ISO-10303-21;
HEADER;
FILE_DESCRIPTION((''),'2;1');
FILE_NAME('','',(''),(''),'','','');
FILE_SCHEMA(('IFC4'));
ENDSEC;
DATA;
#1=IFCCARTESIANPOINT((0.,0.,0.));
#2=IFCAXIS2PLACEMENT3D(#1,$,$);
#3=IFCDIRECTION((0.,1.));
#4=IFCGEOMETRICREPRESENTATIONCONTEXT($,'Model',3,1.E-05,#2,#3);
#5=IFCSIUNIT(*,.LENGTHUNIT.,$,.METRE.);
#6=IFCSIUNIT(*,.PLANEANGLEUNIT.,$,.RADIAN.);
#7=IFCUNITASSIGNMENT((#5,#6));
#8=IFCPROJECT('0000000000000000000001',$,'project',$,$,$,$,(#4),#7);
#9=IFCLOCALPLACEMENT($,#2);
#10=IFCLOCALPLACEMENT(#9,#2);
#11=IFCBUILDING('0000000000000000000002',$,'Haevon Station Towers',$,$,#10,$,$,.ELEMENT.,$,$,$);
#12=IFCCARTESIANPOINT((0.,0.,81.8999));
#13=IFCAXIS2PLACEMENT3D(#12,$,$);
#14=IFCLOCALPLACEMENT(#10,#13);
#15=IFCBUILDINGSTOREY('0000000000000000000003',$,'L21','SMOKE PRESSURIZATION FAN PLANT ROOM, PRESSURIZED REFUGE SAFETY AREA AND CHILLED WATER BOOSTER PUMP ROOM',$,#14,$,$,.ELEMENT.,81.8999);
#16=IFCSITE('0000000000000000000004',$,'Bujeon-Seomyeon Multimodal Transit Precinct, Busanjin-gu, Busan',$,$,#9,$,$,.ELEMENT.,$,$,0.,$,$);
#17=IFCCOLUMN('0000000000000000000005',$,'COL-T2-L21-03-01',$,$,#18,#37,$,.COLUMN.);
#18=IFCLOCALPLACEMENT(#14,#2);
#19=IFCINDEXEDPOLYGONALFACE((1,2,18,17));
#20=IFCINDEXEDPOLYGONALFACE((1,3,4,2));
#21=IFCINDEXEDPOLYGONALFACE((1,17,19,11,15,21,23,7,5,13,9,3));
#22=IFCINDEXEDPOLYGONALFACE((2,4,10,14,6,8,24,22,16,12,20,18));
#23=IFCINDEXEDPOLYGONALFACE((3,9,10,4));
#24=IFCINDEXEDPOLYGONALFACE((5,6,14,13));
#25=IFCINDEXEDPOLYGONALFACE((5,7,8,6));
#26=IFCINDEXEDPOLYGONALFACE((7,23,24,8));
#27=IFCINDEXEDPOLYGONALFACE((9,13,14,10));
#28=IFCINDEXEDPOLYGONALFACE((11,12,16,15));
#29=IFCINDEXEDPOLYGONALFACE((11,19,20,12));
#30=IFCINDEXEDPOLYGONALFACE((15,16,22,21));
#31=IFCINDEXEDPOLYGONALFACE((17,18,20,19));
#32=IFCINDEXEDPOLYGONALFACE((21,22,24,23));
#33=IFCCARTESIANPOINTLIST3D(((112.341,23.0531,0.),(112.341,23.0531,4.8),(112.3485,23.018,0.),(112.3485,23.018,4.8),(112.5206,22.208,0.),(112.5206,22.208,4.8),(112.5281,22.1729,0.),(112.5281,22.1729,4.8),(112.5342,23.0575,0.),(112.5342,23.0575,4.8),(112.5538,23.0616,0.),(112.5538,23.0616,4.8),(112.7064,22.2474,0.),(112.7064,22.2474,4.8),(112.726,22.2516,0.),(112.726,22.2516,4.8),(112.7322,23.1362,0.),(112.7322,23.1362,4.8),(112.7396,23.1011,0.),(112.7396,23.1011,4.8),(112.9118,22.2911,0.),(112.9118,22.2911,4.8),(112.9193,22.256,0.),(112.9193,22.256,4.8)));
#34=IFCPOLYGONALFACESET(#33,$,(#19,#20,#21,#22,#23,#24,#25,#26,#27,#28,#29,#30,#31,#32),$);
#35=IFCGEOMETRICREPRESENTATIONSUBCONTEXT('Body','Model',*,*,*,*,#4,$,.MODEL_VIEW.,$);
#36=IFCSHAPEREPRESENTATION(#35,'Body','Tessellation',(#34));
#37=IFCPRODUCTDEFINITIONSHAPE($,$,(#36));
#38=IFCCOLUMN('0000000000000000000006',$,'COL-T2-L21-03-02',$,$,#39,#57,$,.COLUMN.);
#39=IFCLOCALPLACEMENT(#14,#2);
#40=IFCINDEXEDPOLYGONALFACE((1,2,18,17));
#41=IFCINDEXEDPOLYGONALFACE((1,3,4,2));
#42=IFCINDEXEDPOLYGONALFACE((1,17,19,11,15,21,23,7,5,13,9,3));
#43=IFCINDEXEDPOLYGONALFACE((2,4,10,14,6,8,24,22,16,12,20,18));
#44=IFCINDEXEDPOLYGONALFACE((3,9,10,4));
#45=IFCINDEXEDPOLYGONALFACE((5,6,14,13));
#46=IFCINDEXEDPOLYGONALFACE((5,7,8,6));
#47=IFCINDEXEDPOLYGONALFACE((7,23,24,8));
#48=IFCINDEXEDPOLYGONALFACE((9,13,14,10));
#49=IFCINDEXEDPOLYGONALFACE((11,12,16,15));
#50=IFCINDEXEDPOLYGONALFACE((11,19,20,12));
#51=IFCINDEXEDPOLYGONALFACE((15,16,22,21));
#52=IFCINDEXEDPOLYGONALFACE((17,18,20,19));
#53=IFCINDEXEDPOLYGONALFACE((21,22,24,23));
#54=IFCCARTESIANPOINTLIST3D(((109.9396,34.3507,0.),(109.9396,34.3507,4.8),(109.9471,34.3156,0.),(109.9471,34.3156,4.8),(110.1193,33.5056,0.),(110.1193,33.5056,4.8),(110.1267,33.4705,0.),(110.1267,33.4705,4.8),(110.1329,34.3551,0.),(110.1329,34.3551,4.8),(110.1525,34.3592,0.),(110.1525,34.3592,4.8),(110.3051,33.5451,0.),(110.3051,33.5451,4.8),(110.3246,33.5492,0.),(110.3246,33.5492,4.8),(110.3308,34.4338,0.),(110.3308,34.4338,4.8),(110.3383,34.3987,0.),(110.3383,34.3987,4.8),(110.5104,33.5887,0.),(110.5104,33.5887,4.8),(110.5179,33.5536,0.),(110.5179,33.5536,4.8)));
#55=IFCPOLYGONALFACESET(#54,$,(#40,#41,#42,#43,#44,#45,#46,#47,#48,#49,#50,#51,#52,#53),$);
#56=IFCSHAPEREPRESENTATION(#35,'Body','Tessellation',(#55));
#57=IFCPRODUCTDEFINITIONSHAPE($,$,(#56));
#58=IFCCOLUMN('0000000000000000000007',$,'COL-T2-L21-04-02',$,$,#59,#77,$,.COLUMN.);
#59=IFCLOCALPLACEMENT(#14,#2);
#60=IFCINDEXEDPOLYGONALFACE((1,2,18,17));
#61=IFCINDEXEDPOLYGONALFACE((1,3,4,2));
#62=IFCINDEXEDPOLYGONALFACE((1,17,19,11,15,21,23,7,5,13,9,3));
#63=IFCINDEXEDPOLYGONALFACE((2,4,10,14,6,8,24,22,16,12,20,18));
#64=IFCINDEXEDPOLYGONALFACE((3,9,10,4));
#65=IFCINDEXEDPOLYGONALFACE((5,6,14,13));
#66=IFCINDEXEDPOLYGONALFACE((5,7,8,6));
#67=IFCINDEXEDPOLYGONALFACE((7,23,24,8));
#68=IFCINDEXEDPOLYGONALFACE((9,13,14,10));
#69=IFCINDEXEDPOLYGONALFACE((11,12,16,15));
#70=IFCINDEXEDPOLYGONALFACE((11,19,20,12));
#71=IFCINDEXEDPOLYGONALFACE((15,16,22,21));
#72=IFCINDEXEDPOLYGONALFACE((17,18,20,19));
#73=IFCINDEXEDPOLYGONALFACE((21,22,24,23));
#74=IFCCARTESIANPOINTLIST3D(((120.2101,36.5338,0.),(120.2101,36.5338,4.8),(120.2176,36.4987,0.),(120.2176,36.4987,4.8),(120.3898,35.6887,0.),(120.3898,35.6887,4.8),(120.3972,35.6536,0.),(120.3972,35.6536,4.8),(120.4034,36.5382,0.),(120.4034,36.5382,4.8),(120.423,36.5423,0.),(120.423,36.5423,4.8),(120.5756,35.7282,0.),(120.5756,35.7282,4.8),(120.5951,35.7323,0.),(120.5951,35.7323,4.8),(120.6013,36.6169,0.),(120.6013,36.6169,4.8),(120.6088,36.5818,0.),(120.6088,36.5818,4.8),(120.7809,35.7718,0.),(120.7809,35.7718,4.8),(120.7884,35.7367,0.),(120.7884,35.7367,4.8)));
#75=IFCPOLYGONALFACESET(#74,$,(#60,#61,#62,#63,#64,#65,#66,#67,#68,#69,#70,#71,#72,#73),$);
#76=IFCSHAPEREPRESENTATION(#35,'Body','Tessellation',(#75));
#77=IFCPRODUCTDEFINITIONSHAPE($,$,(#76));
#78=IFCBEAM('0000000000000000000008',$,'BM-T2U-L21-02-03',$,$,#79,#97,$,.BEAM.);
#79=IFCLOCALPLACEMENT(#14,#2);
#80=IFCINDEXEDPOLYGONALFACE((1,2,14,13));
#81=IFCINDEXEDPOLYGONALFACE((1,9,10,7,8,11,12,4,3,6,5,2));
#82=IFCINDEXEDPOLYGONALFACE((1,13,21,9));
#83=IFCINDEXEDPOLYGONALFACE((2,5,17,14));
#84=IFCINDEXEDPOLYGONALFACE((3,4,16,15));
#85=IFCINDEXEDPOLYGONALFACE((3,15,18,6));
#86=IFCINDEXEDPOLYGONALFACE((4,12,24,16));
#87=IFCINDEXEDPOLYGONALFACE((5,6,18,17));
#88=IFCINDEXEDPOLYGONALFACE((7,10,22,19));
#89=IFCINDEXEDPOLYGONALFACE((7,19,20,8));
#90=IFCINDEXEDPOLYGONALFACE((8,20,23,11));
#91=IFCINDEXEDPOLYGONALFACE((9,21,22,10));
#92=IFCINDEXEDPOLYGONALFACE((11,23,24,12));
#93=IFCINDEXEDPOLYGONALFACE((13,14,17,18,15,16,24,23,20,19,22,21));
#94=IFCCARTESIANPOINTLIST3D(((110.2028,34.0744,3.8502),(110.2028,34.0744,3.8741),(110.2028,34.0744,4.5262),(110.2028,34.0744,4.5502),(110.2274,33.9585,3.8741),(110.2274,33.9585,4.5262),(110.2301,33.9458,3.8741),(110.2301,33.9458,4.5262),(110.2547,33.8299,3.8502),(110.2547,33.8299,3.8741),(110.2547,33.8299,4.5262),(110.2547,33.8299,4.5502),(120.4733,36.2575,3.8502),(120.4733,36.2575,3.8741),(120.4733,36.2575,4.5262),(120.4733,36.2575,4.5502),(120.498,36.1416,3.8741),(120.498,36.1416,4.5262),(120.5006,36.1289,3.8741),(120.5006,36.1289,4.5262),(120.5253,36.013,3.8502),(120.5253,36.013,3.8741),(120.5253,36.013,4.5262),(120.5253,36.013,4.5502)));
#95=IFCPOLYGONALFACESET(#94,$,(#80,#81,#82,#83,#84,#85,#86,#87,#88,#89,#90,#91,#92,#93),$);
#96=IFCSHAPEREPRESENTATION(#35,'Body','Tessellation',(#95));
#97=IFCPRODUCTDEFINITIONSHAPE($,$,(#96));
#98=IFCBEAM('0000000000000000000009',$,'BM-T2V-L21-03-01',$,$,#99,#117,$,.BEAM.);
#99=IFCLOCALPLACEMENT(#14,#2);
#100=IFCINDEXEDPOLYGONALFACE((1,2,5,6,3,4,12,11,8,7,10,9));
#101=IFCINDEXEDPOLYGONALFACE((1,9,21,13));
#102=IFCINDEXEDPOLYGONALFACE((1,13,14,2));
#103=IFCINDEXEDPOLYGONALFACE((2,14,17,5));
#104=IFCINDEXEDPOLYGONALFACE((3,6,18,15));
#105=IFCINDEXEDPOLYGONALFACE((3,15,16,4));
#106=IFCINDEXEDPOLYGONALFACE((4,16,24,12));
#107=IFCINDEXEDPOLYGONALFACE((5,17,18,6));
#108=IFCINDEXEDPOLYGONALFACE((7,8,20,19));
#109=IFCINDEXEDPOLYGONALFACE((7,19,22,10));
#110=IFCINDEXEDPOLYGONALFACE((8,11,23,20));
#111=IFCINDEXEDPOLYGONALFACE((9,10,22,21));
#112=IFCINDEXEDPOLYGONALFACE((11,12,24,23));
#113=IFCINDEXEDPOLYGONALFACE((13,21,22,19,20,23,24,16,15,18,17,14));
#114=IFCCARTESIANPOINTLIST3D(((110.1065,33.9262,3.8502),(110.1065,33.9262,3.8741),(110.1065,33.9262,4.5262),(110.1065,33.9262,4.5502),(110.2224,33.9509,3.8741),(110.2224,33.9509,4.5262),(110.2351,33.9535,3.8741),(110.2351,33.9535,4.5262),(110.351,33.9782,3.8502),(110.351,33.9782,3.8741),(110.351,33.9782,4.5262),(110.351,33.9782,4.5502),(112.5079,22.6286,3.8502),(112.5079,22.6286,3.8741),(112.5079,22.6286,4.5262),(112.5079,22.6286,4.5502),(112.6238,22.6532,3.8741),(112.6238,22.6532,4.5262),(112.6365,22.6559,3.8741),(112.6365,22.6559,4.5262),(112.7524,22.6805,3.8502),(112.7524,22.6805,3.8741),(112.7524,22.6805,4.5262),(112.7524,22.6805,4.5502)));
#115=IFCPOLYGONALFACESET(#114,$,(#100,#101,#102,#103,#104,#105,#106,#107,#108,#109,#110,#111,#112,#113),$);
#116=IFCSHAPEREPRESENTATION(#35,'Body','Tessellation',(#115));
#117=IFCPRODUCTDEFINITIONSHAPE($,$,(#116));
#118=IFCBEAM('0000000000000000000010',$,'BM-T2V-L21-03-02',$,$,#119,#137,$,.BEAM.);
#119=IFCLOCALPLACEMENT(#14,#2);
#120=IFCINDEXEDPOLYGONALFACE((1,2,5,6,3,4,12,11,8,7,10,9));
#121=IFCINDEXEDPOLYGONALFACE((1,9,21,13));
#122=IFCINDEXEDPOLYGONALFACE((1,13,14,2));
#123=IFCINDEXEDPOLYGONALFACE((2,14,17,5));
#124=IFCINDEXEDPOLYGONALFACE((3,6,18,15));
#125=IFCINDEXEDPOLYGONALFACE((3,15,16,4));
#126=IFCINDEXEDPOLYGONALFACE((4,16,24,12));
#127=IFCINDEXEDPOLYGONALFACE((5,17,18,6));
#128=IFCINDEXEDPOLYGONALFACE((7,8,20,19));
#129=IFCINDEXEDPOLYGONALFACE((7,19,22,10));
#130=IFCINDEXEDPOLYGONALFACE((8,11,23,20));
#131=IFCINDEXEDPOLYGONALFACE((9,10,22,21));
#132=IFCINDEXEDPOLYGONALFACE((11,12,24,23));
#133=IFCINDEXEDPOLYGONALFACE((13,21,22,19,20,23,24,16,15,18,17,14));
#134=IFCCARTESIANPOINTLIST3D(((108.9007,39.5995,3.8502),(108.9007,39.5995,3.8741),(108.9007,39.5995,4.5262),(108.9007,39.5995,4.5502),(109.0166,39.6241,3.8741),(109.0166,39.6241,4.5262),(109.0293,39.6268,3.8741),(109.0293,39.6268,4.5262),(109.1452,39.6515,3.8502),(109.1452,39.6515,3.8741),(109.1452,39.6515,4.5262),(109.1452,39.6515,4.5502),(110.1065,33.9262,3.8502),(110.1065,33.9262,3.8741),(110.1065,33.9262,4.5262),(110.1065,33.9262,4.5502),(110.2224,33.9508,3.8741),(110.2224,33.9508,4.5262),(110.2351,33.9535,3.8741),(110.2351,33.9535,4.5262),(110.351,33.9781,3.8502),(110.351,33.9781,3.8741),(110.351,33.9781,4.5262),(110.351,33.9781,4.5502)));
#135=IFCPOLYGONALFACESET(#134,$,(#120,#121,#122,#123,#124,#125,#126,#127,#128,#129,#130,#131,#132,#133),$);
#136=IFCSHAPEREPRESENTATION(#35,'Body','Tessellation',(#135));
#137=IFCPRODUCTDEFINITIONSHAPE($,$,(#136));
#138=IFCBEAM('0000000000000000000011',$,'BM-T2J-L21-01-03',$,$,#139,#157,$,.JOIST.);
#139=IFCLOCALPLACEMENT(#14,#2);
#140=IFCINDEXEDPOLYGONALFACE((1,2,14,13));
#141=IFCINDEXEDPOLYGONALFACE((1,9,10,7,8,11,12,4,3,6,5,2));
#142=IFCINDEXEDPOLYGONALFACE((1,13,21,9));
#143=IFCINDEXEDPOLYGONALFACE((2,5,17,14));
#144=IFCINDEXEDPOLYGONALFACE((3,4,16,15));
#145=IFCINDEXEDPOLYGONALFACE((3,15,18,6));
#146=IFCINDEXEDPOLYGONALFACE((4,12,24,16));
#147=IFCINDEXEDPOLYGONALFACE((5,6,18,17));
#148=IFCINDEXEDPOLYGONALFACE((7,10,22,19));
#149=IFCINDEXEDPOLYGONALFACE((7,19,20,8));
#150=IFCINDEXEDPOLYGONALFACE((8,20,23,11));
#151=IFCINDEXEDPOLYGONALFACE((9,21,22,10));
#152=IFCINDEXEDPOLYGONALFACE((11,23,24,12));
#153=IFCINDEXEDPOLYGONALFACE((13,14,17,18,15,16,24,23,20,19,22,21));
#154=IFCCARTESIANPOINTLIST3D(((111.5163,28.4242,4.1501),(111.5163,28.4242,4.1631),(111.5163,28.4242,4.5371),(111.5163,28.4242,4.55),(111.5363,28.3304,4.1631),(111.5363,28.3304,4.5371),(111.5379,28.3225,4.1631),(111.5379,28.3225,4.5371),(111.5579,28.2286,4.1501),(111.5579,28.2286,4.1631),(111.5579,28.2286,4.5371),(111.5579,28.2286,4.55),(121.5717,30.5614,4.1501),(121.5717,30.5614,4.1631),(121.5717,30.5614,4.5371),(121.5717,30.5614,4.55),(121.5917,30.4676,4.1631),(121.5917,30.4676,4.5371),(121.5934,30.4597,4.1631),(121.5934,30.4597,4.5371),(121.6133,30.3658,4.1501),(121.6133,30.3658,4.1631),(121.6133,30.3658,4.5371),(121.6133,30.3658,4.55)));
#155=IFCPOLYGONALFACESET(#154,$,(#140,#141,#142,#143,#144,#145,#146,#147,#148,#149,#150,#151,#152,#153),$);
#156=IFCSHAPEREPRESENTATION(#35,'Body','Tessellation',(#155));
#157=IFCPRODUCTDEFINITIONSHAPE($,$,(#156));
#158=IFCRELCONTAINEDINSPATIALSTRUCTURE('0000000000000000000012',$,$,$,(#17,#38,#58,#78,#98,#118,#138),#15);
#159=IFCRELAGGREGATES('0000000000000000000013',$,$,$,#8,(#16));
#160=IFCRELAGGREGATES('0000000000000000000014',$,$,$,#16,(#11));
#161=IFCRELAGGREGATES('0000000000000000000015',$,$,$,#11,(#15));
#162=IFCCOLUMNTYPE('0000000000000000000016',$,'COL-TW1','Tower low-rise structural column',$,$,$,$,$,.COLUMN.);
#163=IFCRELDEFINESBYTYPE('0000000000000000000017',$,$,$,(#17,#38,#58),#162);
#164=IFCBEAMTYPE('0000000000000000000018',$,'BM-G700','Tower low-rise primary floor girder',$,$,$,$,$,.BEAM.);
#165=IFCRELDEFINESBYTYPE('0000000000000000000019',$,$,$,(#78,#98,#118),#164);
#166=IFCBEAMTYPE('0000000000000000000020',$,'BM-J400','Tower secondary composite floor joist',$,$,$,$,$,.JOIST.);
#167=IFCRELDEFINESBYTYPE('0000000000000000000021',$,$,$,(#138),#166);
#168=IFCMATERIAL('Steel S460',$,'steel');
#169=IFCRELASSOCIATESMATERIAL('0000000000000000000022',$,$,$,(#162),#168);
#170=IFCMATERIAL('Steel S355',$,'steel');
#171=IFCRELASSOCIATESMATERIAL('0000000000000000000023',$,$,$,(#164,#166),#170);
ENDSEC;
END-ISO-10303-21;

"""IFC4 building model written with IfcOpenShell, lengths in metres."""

from ifc_helpers import new_model, si_unit, direction, frame, origin, origin_2d, place, context, subcontext, project, spatial, i_section, extrude, material, material_profile, profile_set, type_object, element, save


model = new_model("IFC4")

# Units and contexts
model_context = context("Model", 3, precision=1e-05, world=origin(), true_north=direction((0.0, 1.0)))
body_context = subcontext(model_context, "Body", "Model", "MODEL_VIEW")
ifc_project = project(units=[si_unit("LENGTHUNIT", "METRE"), si_unit("PLANEANGLEUNIT", "RADIAN")], contexts=[model_context])

# Site, building, storey
site_placement = place(None, origin())
site = spatial("IfcSite", under=ifc_project, at=site_placement, Name="Bujeon-Seomyeon Multimodal Transit Precinct, Busanjin-gu, Busan", CompositionType="ELEMENT", RefElevation=0.0)
building_placement = place(site_placement, origin())
building = spatial("IfcBuilding", under=site, at=building_placement, Name="Haevon Station Towers", CompositionType="ELEMENT")
storey_placement = place(building_placement, frame((0.0, 0.0, 81.8999)))
storey = spatial("IfcBuildingStorey", under=building, at=storey_placement, Name="L21", Description="SMOKE PRESSURIZATION FAN PLANT ROOM, PRESSURIZED REFUGE SAFETY AREA AND CHILLED WATER BOOSTER PUMP ROOM", CompositionType="ELEMENT", Elevation=81.8999)

# Columns
ifc_material_1 = material(Name="Steel S460", Category="steel")
ifc_material_profile_1 = material_profile(ifc_material_1, i_section(OverallWidth=0.3999, OverallDepth=0.8999, WebThickness=0.02, FlangeThickness=0.0359, at=origin_2d()), Name="H-900x400x20x36")
ifc_profile_set_1 = profile_set([ifc_material_profile_1], Name="Steel S460")
column_type = type_object("IfcColumnType", Name="COL-TW1", Description="Tower low-rise structural column", PredefinedType="COLUMN", material=ifc_profile_set_1)
for number, where, z_axis, x_axis, name in (
    (1, (112.6301, 22.6545, 0.0), (0.0, 0.0, 1.0), (0.978148, 0.207912, 0.0), "COL-T2-L21-03-01"),
    (2, (110.2288, 33.9521, 0.0), (0.0, 0.0, 1.0), (0.978148, 0.207912, 0.0), "COL-T2-L21-03-02"),
    (3, (120.4993, 36.1353, 0.0), (0.0, 0.0, 1.0), (0.978148, 0.207912, 0.0), "COL-T2-L21-04-02"),
):
    element("IfcColumn", number, at=place(storey_placement, frame(where, z_axis=z_axis, x_axis=x_axis)), inside=storey, type_object=column_type, Name=name, PredefinedType="COLUMN", context=body_context, shape_type="SweptSolid", body=[
        extrude(i_section(OverallWidth=0.3999, OverallDepth=0.8999, WebThickness=0.02, FlangeThickness=0.0359, at=origin_2d()), origin(), (0.0, 0.0, 1.0), 4.8),
    ])

# Beams
ifc_material_2 = material(Name="Steel S355", Category="steel")
ifc_material_profile_2 = material_profile(ifc_material_2, i_section(OverallWidth=0.25, OverallDepth=0.7, WebThickness=0.0129, FlangeThickness=0.0239, at=origin_2d()), Name="H-700x250x13x24")
ifc_profile_set_2 = profile_set([ifc_material_profile_2], Name="Steel S355")
beam_type_1 = type_object("IfcBeamType", Name="BM-G700", Description="Tower low-rise primary floor girder", PredefinedType="BEAM", material=ifc_profile_set_2)
beam_1_placement = place(storey_placement, frame((110.2288, 33.9521, 4.2002), z_axis=(0.978147, 0.207915, 0.0), x_axis=(-0.207915, 0.978147, 0.0)))
element("IfcBeam", 4, at=beam_1_placement, inside=storey, type_object=beam_type_1, Name="BM-T2U-L21-02-03", PredefinedType="BEAM", context=body_context, shape_type="SweptSolid", body=[
    extrude(i_section(OverallWidth=0.25, OverallDepth=0.7, WebThickness=0.0129, FlangeThickness=0.0239, at=origin_2d()), origin(), (0.0, 0.0, 1.0), 10.5),
])
beam_2_placement = place(storey_placement, frame((112.6301, 22.6545, 4.2002), z_axis=(-0.207911, 0.978148, 0.0), x_axis=(-0.978148, -0.207911, 0.0)))
element("IfcBeam", 5, at=beam_2_placement, inside=storey, type_object=beam_type_1, Name="BM-T2V-L21-03-01", PredefinedType="BEAM", context=body_context, shape_type="SweptSolid", body=[
    extrude(i_section(OverallWidth=0.25, OverallDepth=0.7, WebThickness=0.0129, FlangeThickness=0.0239, at=origin_2d()), origin(), (0.0, 0.0, 1.0), 11.55),
])
beam_3_placement = place(storey_placement, frame((110.2288, 33.9521, 4.2002), z_axis=(-0.207896, 0.978151, 0.0), x_axis=(-0.978151, -0.207896, 0.0)))
element("IfcBeam", 6, at=beam_3_placement, inside=storey, type_object=beam_type_1, Name="BM-T2V-L21-03-02", PredefinedType="BEAM", context=body_context, shape_type="SweptSolid", body=[
    extrude(i_section(OverallWidth=0.25, OverallDepth=0.7, WebThickness=0.0129, FlangeThickness=0.0239, at=origin_2d()), origin(), (0.0, 0.0, 1.0), 5.8),
])
ifc_material_profile_3 = material_profile(ifc_material_2, i_section(OverallWidth=0.2, OverallDepth=0.3999, WebThickness=0.0081, FlangeThickness=0.0129, at=origin_2d()), Name="H-400x200x8x13")
ifc_profile_set_3 = profile_set([ifc_material_profile_3], Name="Steel S355")
beam_type_2 = type_object("IfcBeamType", Name="BM-J400", Description="Tower secondary composite floor joist", PredefinedType="JOIST", material=ifc_profile_set_3)
beam_4_placement = place(storey_placement, frame((111.5371, 28.3264, 4.3501), z_axis=(0.97815, 0.207899, 0.0), x_axis=(-0.207899, 0.97815, 0.0)))
element("IfcBeam", 7, at=beam_4_placement, inside=storey, type_object=beam_type_2, Name="BM-T2J-L21-01-03", PredefinedType="JOIST", context=body_context, shape_type="SweptSolid", body=[
    extrude(i_section(OverallWidth=0.2, OverallDepth=0.3999, WebThickness=0.0081, FlangeThickness=0.0129, at=origin_2d()), origin(), (0.0, 0.0, 1.0), 10.28),
])

save(model, "model.ifc")
